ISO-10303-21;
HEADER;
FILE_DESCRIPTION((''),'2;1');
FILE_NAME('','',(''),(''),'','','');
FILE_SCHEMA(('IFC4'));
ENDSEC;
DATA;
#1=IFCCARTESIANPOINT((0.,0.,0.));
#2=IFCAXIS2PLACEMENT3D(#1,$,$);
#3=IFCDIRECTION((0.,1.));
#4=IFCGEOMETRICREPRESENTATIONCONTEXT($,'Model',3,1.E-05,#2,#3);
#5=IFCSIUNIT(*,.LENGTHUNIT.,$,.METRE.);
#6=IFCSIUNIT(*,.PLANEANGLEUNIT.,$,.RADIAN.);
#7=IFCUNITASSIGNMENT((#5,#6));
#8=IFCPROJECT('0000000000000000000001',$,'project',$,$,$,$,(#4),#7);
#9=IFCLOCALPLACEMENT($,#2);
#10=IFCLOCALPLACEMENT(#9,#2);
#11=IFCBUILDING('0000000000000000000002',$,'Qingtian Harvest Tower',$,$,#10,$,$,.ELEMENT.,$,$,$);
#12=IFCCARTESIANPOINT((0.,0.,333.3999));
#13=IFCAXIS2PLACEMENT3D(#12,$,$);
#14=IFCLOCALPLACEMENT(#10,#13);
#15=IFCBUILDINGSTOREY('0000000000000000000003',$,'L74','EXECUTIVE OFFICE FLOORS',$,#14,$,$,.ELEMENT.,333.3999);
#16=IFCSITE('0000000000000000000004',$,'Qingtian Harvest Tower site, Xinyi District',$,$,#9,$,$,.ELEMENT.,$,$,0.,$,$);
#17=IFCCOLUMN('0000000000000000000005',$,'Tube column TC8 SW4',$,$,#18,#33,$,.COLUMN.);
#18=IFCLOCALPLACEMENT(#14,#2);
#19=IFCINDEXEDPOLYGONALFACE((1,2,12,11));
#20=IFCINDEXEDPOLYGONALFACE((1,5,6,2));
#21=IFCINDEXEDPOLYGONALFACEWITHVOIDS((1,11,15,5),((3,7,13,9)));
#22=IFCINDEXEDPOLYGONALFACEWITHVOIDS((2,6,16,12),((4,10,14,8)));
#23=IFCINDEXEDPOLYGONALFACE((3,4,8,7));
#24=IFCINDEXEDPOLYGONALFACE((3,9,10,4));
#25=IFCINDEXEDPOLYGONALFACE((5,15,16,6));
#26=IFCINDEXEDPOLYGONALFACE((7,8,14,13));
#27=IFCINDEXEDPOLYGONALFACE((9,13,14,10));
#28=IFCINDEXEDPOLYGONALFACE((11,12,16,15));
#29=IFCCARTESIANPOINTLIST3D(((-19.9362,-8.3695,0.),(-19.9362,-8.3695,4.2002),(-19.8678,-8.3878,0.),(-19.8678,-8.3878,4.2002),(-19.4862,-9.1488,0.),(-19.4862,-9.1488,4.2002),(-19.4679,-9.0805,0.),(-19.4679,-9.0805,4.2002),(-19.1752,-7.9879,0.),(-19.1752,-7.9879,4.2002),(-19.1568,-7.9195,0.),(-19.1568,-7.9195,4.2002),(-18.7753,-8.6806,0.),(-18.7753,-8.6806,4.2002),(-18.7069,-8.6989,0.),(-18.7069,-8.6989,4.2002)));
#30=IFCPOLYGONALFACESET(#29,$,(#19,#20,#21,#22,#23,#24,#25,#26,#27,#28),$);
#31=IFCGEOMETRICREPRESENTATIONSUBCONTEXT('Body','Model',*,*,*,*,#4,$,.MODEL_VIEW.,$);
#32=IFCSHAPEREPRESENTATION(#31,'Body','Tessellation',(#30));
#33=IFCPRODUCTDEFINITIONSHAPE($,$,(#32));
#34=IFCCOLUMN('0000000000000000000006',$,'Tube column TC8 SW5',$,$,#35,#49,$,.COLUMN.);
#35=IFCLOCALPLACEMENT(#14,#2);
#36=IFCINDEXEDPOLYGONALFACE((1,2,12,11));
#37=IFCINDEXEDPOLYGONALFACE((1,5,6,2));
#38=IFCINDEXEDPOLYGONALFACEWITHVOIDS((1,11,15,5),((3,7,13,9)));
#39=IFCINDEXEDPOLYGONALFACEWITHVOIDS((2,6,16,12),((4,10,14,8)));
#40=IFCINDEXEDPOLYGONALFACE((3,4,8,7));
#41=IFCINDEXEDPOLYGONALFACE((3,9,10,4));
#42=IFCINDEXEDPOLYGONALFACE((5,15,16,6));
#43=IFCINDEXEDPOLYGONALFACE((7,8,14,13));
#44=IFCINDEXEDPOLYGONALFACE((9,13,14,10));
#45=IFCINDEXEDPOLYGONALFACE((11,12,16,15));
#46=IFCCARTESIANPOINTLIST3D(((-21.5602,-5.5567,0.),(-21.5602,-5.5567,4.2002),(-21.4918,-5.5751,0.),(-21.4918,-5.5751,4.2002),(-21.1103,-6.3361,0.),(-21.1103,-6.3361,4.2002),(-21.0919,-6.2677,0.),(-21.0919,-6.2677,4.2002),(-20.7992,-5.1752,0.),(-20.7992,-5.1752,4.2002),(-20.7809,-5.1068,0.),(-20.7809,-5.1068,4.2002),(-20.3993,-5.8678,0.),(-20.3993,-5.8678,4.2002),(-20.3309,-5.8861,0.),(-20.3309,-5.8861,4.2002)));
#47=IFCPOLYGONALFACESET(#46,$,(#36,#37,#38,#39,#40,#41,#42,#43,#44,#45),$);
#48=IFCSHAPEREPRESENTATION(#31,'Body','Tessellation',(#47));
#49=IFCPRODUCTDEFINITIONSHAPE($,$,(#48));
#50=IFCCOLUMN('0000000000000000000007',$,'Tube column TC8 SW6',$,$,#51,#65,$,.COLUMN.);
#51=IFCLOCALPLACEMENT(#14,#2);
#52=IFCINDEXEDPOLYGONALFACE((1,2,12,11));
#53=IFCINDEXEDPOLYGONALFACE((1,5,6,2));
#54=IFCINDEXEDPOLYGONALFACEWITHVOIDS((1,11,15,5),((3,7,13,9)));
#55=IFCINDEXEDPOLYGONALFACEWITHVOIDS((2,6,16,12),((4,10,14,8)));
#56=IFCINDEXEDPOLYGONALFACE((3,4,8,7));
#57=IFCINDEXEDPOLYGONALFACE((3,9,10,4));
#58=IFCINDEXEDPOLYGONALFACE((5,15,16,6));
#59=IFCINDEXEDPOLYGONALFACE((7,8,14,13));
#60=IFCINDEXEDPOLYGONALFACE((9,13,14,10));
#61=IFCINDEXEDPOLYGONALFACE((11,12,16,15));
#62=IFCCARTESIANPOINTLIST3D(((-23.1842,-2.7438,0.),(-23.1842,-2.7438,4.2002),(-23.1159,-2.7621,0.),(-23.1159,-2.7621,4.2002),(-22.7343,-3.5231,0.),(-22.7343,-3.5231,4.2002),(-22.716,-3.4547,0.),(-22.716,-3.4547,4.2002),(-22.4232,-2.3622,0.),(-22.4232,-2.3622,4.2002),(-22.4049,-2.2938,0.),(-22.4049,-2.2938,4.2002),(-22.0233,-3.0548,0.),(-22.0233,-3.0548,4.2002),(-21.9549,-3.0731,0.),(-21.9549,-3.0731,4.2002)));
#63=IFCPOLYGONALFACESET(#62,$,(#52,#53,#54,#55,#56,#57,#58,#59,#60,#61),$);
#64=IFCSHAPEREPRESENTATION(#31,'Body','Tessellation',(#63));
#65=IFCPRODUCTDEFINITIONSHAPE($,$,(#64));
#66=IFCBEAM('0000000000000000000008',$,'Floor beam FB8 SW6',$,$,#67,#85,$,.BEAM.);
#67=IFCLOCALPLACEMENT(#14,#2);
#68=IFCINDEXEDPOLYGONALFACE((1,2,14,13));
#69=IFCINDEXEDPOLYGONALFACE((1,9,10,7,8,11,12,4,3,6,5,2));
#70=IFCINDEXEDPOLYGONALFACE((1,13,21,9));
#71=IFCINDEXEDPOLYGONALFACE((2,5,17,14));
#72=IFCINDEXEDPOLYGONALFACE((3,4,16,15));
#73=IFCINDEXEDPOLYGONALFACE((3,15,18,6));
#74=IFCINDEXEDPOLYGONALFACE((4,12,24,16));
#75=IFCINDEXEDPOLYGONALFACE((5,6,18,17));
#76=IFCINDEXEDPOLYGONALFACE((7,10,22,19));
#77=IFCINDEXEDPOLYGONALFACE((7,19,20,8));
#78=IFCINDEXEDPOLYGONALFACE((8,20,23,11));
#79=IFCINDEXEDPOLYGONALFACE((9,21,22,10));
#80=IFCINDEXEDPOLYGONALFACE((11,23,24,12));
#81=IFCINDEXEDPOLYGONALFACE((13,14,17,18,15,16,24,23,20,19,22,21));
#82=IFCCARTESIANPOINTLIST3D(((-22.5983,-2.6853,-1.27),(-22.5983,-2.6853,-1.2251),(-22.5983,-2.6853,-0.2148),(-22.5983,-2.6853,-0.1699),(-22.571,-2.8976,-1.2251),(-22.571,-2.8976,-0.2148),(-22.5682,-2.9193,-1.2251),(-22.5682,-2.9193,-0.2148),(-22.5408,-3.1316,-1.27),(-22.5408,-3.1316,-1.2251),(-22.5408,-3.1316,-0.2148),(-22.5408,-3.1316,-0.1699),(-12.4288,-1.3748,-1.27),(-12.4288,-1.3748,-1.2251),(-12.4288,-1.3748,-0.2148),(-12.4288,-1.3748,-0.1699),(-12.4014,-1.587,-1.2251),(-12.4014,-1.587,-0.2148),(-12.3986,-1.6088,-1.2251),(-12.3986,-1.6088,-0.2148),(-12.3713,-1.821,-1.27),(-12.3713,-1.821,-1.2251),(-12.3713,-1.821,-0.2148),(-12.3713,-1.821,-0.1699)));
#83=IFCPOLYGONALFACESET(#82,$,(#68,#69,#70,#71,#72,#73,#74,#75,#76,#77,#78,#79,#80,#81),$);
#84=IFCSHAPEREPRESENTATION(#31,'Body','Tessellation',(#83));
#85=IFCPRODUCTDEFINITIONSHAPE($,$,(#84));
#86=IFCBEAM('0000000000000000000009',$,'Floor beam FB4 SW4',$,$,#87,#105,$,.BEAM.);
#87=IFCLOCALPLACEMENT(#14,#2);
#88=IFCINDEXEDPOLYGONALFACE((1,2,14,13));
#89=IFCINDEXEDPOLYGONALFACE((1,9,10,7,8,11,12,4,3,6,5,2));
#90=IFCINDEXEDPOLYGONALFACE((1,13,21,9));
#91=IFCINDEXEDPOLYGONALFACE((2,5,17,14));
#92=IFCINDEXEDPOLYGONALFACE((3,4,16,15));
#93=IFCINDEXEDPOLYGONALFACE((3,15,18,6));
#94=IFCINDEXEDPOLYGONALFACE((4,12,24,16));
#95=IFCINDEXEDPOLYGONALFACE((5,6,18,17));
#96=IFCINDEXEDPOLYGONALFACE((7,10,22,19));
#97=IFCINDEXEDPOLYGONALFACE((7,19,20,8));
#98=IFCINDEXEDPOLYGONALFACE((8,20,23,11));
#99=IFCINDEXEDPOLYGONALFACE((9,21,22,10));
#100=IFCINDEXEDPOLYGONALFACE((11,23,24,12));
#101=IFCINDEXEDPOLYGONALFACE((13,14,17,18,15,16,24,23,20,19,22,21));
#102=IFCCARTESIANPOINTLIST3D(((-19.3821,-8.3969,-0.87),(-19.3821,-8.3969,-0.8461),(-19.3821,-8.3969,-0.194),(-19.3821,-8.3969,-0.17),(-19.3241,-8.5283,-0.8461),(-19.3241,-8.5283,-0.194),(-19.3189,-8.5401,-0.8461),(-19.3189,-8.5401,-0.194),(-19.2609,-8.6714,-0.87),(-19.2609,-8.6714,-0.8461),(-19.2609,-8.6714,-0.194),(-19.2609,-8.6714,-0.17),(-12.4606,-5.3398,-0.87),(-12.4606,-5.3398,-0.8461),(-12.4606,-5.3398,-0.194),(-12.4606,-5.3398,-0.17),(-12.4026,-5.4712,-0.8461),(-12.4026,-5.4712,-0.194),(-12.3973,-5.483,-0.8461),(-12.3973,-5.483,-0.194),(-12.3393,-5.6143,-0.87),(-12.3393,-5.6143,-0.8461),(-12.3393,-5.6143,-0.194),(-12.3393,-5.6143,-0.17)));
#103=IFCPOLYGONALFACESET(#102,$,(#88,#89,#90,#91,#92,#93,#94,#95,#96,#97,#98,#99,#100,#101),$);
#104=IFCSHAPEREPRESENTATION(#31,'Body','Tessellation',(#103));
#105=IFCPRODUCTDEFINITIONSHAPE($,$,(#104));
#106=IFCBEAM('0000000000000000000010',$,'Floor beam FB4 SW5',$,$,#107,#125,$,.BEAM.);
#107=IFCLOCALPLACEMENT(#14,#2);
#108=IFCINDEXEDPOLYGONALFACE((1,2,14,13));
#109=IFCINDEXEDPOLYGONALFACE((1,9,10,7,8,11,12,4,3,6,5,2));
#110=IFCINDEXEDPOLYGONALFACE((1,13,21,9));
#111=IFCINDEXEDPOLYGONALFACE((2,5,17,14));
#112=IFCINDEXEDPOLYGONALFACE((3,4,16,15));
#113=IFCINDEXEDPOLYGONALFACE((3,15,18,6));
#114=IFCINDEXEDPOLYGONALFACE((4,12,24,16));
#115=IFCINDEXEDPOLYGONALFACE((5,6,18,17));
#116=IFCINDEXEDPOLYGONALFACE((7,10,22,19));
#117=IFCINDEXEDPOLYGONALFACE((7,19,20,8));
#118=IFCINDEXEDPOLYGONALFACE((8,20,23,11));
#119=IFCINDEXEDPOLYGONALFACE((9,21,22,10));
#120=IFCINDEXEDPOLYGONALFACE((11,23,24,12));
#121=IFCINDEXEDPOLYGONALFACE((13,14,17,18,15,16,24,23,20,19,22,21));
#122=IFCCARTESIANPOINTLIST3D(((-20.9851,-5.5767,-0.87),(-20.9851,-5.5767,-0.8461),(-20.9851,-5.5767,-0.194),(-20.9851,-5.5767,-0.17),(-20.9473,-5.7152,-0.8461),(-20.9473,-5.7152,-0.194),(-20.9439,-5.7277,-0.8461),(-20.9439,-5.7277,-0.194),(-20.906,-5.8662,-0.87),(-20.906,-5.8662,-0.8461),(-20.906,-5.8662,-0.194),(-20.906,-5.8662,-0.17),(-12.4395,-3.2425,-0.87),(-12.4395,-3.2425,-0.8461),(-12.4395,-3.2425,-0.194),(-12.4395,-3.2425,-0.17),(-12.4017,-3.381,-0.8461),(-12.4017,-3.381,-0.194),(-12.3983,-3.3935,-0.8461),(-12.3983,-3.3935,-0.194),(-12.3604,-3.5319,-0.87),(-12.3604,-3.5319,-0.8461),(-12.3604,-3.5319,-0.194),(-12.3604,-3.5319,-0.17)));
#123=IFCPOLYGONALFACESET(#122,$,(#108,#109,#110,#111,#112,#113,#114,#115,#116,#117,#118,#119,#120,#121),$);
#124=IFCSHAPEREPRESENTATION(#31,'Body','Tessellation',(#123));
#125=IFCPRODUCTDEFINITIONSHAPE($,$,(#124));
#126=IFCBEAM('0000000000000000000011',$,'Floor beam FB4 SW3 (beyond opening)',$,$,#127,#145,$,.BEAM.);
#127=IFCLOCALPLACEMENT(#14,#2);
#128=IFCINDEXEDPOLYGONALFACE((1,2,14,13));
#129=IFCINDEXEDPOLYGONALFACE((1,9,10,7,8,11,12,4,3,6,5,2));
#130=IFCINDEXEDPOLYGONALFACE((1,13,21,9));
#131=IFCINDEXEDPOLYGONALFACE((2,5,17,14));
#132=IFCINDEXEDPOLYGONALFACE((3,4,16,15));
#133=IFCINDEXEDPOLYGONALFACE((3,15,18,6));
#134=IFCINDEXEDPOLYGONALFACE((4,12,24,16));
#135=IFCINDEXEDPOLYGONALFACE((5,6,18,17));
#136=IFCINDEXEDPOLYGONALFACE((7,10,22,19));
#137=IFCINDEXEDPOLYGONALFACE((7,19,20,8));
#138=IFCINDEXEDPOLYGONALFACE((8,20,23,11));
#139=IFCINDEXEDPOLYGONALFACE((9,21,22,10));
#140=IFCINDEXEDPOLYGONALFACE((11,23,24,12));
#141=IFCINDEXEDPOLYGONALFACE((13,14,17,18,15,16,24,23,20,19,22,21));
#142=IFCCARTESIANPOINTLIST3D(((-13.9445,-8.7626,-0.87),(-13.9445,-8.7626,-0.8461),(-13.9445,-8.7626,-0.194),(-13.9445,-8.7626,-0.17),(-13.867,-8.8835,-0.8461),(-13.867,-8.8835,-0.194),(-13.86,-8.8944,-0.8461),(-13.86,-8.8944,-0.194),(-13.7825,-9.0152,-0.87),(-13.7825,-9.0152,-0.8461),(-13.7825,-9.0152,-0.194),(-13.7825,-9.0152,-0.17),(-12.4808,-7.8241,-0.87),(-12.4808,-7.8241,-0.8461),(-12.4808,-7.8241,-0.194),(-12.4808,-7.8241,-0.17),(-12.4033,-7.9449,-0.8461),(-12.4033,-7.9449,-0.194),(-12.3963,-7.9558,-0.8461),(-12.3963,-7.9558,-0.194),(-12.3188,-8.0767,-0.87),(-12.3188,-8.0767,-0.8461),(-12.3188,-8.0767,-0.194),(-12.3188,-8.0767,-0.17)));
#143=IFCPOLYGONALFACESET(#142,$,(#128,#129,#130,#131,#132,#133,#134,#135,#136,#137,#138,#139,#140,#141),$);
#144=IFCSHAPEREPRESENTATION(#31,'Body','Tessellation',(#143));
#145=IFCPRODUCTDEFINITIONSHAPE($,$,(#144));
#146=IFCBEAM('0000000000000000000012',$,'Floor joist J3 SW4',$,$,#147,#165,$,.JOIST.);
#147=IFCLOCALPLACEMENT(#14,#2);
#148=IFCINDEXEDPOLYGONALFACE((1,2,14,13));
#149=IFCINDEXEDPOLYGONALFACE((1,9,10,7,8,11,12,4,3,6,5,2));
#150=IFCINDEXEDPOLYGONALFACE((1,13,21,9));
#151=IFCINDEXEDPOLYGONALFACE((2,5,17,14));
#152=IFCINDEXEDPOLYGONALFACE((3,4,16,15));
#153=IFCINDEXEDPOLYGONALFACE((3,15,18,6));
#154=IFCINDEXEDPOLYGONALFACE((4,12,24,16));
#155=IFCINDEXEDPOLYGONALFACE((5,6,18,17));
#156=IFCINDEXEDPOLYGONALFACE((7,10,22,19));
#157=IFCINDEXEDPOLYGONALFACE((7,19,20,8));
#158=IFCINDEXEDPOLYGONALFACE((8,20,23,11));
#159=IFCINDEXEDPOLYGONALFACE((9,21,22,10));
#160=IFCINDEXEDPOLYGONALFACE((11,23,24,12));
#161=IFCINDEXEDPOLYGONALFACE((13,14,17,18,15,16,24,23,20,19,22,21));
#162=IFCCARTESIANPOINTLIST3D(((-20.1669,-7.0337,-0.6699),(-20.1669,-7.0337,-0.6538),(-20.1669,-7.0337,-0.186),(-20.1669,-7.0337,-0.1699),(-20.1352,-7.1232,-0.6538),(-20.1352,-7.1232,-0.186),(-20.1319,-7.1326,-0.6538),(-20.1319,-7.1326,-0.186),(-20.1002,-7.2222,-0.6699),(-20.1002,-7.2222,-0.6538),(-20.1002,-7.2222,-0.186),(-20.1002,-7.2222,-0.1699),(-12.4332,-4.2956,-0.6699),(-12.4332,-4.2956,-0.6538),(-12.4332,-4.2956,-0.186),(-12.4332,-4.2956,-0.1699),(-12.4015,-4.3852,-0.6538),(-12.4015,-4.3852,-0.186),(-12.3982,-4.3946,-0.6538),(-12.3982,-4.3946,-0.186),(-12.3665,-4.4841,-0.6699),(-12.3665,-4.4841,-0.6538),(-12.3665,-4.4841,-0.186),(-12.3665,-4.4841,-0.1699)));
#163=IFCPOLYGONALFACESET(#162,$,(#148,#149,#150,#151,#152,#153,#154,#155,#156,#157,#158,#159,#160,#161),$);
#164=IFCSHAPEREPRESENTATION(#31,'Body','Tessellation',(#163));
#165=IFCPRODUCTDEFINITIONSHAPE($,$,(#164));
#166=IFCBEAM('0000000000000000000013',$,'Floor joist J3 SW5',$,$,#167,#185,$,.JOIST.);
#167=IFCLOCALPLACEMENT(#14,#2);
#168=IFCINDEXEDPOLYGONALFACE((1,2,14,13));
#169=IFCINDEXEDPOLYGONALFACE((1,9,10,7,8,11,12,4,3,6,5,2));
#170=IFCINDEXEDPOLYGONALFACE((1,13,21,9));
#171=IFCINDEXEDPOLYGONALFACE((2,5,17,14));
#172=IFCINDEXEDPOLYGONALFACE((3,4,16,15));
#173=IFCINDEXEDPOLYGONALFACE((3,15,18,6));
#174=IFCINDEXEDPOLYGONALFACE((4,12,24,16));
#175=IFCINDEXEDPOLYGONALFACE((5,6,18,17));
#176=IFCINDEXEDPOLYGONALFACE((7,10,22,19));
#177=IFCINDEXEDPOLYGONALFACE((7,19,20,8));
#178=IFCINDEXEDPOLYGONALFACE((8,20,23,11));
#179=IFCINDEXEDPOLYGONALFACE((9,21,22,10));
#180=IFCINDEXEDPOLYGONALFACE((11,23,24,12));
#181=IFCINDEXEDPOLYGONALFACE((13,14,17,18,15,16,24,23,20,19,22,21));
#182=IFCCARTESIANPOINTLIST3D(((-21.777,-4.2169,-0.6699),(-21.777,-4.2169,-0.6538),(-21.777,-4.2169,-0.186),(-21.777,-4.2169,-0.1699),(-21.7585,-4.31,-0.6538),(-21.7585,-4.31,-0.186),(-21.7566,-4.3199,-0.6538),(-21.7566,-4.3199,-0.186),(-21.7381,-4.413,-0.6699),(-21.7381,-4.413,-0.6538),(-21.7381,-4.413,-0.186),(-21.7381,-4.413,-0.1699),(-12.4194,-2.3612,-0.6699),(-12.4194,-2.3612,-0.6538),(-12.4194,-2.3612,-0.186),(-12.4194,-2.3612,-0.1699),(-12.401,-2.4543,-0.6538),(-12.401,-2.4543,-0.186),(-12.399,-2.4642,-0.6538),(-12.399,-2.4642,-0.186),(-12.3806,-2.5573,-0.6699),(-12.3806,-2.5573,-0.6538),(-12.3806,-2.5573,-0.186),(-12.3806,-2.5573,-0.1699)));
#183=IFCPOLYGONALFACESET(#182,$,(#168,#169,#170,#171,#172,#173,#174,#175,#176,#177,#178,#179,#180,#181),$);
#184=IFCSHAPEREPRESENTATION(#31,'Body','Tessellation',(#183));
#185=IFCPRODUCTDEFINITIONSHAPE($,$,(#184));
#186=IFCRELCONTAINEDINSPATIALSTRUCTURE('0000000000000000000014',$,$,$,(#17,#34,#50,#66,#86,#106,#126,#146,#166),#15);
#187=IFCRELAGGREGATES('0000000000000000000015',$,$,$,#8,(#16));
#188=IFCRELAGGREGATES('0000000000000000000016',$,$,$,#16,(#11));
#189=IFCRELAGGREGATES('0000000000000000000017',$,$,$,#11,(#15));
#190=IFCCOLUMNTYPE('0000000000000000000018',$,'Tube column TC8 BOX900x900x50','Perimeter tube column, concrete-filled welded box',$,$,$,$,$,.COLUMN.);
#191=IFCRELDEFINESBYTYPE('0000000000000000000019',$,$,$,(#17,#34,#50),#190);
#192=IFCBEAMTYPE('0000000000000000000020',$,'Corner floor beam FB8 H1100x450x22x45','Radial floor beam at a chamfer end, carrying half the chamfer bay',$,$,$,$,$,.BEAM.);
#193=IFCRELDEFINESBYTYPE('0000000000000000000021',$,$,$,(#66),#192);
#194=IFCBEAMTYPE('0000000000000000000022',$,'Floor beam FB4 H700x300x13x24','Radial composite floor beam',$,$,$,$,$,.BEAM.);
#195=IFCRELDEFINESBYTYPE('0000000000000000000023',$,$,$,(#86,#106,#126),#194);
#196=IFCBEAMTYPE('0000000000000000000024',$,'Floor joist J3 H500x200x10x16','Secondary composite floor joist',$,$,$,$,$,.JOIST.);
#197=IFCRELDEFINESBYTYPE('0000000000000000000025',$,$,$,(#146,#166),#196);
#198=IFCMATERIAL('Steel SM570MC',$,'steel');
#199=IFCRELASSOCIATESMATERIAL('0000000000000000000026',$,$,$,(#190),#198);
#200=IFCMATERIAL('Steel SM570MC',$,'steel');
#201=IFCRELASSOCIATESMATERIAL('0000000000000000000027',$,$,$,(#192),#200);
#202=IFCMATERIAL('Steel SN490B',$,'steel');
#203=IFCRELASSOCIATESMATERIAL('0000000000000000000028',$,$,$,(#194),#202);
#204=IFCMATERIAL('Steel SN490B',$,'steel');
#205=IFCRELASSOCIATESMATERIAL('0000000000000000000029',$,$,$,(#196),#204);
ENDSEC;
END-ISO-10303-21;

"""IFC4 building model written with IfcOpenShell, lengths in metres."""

from ifc_helpers import new_model, si_unit, direction, frame, origin, origin_2d, place, context, subcontext, project, spatial, hollow_rectangle, i_section, extrude, material, material_profile, profile_set, type_object, element, save


model = new_model("IFC4")

# Units and contexts
model_context = context("Model", 3, precision=1e-05, world=origin(), true_north=direction((0.0, 1.0)))
body_context = subcontext(model_context, "Body", "Model", "MODEL_VIEW")
ifc_project = project(units=[si_unit("LENGTHUNIT", "METRE"), si_unit("PLANEANGLEUNIT", "RADIAN")], contexts=[model_context])

# Site, building, storey
site_placement = place(None, origin())
site = spatial("IfcSite", under=ifc_project, at=site_placement, Name="Qingtian Harvest Tower site, Xinyi District", CompositionType="ELEMENT", RefElevation=0.0)
building_placement = place(site_placement, origin())
building = spatial("IfcBuilding", under=site, at=building_placement, Name="Qingtian Harvest Tower", CompositionType="ELEMENT")
storey_placement = place(building_placement, frame((0.0, 0.0, 333.3999)))
storey = spatial("IfcBuildingStorey", under=building, at=storey_placement, Name="L74", Description="EXECUTIVE OFFICE FLOORS", CompositionType="ELEMENT", Elevation=333.3999)

# Columns
ifc_material_1 = material(Name="Steel SM570MC", Category="steel")
ifc_material_profile_1 = material_profile(ifc_material_1, hollow_rectangle(XDim=0.8999, YDim=0.8999, WallThickness=0.05, at=origin_2d()), Name="BOX900x900x50")
ifc_profile_set_1 = profile_set([ifc_material_profile_1], Name="Steel SM570MC")
column_type = type_object("IfcColumnType", Name="Tube column TC8 BOX900x900x50", Description="Perimeter tube column, concrete-filled welded box", PredefinedType="COLUMN", material=ifc_profile_set_1)
for number, where, z_axis, x_axis, name in (
    (1, (-19.3215, -8.5342, 0.0), (0.0, 0.0, 1.0), (0.5, -0.866025, 0.0), "Tube column TC8 SW4"),
    (2, (-20.9456, -5.7214, 0.0), (0.0, 0.0, 1.0), (0.5, -0.866025, 0.0), "Tube column TC8 SW5"),
    (3, (-22.5696, -2.9084, 0.0), (0.0, 0.0, 1.0), (0.5, -0.866025, 0.0), "Tube column TC8 SW6"),
):
    element("IfcColumn", number, at=place(storey_placement, frame(where, z_axis=z_axis, x_axis=x_axis)), inside=storey, type_object=column_type, Name=name, PredefinedType="COLUMN", context=body_context, shape_type="SweptSolid", body=[
        extrude(hollow_rectangle(XDim=0.8999, YDim=0.8999, WallThickness=0.05, at=origin_2d()), origin(), (0.0, 0.0, 1.0), 4.2002),
    ])

# Beams
ifc_material_2 = material(Name="Steel SM570MC", Category="steel")
ifc_material_profile_2 = material_profile(ifc_material_2, i_section(OverallWidth=0.45, OverallDepth=1.1001, WebThickness=0.022, FlangeThickness=0.0449, at=origin_2d()), Name="H1100x450x22x45")
ifc_profile_set_2 = profile_set([ifc_material_profile_2], Name="Steel SM570MC")
beam_type_1 = type_object("IfcBeamType", Name="Corner floor beam FB8 H1100x450x22x45", Description="Radial floor beam at a chamfer end, carrying half the chamfer bay", PredefinedType="BEAM", material=ifc_profile_set_2)
beam_1_placement = place(storey_placement, frame((-22.5696, -2.9084, -0.72), z_axis=(0.991799, 0.127811, 0.0), x_axis=(-0.127811, 0.991799, 0.0)))
element("IfcBeam", 4, at=beam_1_placement, inside=storey, type_object=beam_type_1, Name="Floor beam FB8 SW6", PredefinedType="BEAM", context=body_context, shape_type="SweptSolid", body=[
    extrude(i_section(OverallWidth=0.45, OverallDepth=1.1001, WebThickness=0.022, FlangeThickness=0.0449, at=origin_2d()), origin(), (0.0, 0.0, 1.0), 10.2537),
])
ifc_material_3 = material(Name="Steel SN490B", Category="steel")
ifc_material_profile_3 = material_profile(ifc_material_3, i_section(OverallWidth=0.3, OverallDepth=0.7, WebThickness=0.0129, FlangeThickness=0.0239, at=origin_2d()), Name="H700x300x13x24")
ifc_profile_set_3 = profile_set([ifc_material_profile_3], Name="Steel SN490B")
beam_type_2 = type_object("IfcBeamType", Name="Floor beam FB4 H700x300x13x24", Description="Radial composite floor beam", PredefinedType="BEAM", material=ifc_profile_set_3)
beam_2_placement = place(storey_placement, frame((-19.3215, -8.5342, -0.52), z_axis=(0.914748, 0.404024, 0.0), x_axis=(-0.404024, 0.914748, 0.0)))
element("IfcBeam", 5, at=beam_2_placement, inside=storey, type_object=beam_type_2, Name="Floor beam FB4 SW4", PredefinedType="BEAM", context=body_context, shape_type="SweptSolid", body=[
    extrude(i_section(OverallWidth=0.3, OverallDepth=0.7, WebThickness=0.0129, FlangeThickness=0.0239, at=origin_2d()), origin(), (0.0, 0.0, 1.0), 7.5667),
])
beam_3_placement = place(storey_placement, frame((-20.9456, -5.7214, -0.52), z_axis=(0.964661, 0.263495, 0.0), x_axis=(-0.263495, 0.964661, 0.0)))
element("IfcBeam", 6, at=beam_3_placement, inside=storey, type_object=beam_type_2, Name="Floor beam FB4 SW5", PredefinedType="BEAM", context=body_context, shape_type="SweptSolid", body=[
    extrude(i_section(OverallWidth=0.3, OverallDepth=0.7, WebThickness=0.0129, FlangeThickness=0.0239, at=origin_2d()), origin(), (0.0, 0.0, 1.0), 8.8586),
])
beam_4_placement = place(storey_placement, frame((-13.8635, -8.8889, -0.52), z_axis=(0.841812, 0.539771, 0.0), x_axis=(-0.539771, 0.841812, 0.0)))
element("IfcBeam", 7, at=beam_4_placement, inside=storey, type_object=beam_type_2, Name="Floor beam FB4 SW3 (beyond opening)", PredefinedType="BEAM", context=body_context, shape_type="SweptSolid", body=[
    extrude(i_section(OverallWidth=0.3, OverallDepth=0.7, WebThickness=0.0129, FlangeThickness=0.0239, at=origin_2d()), origin(), (0.0, 0.0, 1.0), 1.7388),
])
ifc_material_4 = material(Name="Steel SN490B", Category="steel")
ifc_material_profile_4 = material_profile(ifc_material_4, i_section(OverallWidth=0.2, OverallDepth=0.5, WebThickness=0.01, FlangeThickness=0.0161, at=origin_2d()), Name="H500x200x10x16")
ifc_profile_set_4 = profile_set([ifc_material_profile_4], Name="Steel SN490B")
beam_type_3 = type_object("IfcBeamType", Name="Floor joist J3 H500x200x10x16", Description="Secondary composite floor joist", PredefinedType="JOIST", material=ifc_profile_set_4)
beam_5_placement = place(storey_placement, frame((-20.1335, -7.1279, -0.4199), z_axis=(0.942664, 0.333743, 0.0), x_axis=(-0.333743, 0.942664, 0.0)))
element("IfcBeam", 8, at=beam_5_placement, inside=storey, type_object=beam_type_3, Name="Floor joist J3 SW4", PredefinedType="JOIST", context=body_context, shape_type="SweptSolid", body=[
    extrude(i_section(OverallWidth=0.2, OverallDepth=0.5, WebThickness=0.01, FlangeThickness=0.0161, at=origin_2d()), origin(), (0.0, 0.0, 1.0), 8.2041),
])
beam_6_placement = place(storey_placement, frame((-21.7576, -4.3149, -0.4199), z_axis=(0.980898, 0.194521, 0.0), x_axis=(-0.194521, 0.980898, 0.0)))
element("IfcBeam", 9, at=beam_6_placement, inside=storey, type_object=beam_type_3, Name="Floor joist J3 SW5", PredefinedType="JOIST", context=body_context, shape_type="SweptSolid", body=[
    extrude(i_section(OverallWidth=0.2, OverallDepth=0.5, WebThickness=0.01, FlangeThickness=0.0161, at=origin_2d()), origin(), (0.0, 0.0, 1.0), 9.5398),
])

save(model, "model.ifc")
